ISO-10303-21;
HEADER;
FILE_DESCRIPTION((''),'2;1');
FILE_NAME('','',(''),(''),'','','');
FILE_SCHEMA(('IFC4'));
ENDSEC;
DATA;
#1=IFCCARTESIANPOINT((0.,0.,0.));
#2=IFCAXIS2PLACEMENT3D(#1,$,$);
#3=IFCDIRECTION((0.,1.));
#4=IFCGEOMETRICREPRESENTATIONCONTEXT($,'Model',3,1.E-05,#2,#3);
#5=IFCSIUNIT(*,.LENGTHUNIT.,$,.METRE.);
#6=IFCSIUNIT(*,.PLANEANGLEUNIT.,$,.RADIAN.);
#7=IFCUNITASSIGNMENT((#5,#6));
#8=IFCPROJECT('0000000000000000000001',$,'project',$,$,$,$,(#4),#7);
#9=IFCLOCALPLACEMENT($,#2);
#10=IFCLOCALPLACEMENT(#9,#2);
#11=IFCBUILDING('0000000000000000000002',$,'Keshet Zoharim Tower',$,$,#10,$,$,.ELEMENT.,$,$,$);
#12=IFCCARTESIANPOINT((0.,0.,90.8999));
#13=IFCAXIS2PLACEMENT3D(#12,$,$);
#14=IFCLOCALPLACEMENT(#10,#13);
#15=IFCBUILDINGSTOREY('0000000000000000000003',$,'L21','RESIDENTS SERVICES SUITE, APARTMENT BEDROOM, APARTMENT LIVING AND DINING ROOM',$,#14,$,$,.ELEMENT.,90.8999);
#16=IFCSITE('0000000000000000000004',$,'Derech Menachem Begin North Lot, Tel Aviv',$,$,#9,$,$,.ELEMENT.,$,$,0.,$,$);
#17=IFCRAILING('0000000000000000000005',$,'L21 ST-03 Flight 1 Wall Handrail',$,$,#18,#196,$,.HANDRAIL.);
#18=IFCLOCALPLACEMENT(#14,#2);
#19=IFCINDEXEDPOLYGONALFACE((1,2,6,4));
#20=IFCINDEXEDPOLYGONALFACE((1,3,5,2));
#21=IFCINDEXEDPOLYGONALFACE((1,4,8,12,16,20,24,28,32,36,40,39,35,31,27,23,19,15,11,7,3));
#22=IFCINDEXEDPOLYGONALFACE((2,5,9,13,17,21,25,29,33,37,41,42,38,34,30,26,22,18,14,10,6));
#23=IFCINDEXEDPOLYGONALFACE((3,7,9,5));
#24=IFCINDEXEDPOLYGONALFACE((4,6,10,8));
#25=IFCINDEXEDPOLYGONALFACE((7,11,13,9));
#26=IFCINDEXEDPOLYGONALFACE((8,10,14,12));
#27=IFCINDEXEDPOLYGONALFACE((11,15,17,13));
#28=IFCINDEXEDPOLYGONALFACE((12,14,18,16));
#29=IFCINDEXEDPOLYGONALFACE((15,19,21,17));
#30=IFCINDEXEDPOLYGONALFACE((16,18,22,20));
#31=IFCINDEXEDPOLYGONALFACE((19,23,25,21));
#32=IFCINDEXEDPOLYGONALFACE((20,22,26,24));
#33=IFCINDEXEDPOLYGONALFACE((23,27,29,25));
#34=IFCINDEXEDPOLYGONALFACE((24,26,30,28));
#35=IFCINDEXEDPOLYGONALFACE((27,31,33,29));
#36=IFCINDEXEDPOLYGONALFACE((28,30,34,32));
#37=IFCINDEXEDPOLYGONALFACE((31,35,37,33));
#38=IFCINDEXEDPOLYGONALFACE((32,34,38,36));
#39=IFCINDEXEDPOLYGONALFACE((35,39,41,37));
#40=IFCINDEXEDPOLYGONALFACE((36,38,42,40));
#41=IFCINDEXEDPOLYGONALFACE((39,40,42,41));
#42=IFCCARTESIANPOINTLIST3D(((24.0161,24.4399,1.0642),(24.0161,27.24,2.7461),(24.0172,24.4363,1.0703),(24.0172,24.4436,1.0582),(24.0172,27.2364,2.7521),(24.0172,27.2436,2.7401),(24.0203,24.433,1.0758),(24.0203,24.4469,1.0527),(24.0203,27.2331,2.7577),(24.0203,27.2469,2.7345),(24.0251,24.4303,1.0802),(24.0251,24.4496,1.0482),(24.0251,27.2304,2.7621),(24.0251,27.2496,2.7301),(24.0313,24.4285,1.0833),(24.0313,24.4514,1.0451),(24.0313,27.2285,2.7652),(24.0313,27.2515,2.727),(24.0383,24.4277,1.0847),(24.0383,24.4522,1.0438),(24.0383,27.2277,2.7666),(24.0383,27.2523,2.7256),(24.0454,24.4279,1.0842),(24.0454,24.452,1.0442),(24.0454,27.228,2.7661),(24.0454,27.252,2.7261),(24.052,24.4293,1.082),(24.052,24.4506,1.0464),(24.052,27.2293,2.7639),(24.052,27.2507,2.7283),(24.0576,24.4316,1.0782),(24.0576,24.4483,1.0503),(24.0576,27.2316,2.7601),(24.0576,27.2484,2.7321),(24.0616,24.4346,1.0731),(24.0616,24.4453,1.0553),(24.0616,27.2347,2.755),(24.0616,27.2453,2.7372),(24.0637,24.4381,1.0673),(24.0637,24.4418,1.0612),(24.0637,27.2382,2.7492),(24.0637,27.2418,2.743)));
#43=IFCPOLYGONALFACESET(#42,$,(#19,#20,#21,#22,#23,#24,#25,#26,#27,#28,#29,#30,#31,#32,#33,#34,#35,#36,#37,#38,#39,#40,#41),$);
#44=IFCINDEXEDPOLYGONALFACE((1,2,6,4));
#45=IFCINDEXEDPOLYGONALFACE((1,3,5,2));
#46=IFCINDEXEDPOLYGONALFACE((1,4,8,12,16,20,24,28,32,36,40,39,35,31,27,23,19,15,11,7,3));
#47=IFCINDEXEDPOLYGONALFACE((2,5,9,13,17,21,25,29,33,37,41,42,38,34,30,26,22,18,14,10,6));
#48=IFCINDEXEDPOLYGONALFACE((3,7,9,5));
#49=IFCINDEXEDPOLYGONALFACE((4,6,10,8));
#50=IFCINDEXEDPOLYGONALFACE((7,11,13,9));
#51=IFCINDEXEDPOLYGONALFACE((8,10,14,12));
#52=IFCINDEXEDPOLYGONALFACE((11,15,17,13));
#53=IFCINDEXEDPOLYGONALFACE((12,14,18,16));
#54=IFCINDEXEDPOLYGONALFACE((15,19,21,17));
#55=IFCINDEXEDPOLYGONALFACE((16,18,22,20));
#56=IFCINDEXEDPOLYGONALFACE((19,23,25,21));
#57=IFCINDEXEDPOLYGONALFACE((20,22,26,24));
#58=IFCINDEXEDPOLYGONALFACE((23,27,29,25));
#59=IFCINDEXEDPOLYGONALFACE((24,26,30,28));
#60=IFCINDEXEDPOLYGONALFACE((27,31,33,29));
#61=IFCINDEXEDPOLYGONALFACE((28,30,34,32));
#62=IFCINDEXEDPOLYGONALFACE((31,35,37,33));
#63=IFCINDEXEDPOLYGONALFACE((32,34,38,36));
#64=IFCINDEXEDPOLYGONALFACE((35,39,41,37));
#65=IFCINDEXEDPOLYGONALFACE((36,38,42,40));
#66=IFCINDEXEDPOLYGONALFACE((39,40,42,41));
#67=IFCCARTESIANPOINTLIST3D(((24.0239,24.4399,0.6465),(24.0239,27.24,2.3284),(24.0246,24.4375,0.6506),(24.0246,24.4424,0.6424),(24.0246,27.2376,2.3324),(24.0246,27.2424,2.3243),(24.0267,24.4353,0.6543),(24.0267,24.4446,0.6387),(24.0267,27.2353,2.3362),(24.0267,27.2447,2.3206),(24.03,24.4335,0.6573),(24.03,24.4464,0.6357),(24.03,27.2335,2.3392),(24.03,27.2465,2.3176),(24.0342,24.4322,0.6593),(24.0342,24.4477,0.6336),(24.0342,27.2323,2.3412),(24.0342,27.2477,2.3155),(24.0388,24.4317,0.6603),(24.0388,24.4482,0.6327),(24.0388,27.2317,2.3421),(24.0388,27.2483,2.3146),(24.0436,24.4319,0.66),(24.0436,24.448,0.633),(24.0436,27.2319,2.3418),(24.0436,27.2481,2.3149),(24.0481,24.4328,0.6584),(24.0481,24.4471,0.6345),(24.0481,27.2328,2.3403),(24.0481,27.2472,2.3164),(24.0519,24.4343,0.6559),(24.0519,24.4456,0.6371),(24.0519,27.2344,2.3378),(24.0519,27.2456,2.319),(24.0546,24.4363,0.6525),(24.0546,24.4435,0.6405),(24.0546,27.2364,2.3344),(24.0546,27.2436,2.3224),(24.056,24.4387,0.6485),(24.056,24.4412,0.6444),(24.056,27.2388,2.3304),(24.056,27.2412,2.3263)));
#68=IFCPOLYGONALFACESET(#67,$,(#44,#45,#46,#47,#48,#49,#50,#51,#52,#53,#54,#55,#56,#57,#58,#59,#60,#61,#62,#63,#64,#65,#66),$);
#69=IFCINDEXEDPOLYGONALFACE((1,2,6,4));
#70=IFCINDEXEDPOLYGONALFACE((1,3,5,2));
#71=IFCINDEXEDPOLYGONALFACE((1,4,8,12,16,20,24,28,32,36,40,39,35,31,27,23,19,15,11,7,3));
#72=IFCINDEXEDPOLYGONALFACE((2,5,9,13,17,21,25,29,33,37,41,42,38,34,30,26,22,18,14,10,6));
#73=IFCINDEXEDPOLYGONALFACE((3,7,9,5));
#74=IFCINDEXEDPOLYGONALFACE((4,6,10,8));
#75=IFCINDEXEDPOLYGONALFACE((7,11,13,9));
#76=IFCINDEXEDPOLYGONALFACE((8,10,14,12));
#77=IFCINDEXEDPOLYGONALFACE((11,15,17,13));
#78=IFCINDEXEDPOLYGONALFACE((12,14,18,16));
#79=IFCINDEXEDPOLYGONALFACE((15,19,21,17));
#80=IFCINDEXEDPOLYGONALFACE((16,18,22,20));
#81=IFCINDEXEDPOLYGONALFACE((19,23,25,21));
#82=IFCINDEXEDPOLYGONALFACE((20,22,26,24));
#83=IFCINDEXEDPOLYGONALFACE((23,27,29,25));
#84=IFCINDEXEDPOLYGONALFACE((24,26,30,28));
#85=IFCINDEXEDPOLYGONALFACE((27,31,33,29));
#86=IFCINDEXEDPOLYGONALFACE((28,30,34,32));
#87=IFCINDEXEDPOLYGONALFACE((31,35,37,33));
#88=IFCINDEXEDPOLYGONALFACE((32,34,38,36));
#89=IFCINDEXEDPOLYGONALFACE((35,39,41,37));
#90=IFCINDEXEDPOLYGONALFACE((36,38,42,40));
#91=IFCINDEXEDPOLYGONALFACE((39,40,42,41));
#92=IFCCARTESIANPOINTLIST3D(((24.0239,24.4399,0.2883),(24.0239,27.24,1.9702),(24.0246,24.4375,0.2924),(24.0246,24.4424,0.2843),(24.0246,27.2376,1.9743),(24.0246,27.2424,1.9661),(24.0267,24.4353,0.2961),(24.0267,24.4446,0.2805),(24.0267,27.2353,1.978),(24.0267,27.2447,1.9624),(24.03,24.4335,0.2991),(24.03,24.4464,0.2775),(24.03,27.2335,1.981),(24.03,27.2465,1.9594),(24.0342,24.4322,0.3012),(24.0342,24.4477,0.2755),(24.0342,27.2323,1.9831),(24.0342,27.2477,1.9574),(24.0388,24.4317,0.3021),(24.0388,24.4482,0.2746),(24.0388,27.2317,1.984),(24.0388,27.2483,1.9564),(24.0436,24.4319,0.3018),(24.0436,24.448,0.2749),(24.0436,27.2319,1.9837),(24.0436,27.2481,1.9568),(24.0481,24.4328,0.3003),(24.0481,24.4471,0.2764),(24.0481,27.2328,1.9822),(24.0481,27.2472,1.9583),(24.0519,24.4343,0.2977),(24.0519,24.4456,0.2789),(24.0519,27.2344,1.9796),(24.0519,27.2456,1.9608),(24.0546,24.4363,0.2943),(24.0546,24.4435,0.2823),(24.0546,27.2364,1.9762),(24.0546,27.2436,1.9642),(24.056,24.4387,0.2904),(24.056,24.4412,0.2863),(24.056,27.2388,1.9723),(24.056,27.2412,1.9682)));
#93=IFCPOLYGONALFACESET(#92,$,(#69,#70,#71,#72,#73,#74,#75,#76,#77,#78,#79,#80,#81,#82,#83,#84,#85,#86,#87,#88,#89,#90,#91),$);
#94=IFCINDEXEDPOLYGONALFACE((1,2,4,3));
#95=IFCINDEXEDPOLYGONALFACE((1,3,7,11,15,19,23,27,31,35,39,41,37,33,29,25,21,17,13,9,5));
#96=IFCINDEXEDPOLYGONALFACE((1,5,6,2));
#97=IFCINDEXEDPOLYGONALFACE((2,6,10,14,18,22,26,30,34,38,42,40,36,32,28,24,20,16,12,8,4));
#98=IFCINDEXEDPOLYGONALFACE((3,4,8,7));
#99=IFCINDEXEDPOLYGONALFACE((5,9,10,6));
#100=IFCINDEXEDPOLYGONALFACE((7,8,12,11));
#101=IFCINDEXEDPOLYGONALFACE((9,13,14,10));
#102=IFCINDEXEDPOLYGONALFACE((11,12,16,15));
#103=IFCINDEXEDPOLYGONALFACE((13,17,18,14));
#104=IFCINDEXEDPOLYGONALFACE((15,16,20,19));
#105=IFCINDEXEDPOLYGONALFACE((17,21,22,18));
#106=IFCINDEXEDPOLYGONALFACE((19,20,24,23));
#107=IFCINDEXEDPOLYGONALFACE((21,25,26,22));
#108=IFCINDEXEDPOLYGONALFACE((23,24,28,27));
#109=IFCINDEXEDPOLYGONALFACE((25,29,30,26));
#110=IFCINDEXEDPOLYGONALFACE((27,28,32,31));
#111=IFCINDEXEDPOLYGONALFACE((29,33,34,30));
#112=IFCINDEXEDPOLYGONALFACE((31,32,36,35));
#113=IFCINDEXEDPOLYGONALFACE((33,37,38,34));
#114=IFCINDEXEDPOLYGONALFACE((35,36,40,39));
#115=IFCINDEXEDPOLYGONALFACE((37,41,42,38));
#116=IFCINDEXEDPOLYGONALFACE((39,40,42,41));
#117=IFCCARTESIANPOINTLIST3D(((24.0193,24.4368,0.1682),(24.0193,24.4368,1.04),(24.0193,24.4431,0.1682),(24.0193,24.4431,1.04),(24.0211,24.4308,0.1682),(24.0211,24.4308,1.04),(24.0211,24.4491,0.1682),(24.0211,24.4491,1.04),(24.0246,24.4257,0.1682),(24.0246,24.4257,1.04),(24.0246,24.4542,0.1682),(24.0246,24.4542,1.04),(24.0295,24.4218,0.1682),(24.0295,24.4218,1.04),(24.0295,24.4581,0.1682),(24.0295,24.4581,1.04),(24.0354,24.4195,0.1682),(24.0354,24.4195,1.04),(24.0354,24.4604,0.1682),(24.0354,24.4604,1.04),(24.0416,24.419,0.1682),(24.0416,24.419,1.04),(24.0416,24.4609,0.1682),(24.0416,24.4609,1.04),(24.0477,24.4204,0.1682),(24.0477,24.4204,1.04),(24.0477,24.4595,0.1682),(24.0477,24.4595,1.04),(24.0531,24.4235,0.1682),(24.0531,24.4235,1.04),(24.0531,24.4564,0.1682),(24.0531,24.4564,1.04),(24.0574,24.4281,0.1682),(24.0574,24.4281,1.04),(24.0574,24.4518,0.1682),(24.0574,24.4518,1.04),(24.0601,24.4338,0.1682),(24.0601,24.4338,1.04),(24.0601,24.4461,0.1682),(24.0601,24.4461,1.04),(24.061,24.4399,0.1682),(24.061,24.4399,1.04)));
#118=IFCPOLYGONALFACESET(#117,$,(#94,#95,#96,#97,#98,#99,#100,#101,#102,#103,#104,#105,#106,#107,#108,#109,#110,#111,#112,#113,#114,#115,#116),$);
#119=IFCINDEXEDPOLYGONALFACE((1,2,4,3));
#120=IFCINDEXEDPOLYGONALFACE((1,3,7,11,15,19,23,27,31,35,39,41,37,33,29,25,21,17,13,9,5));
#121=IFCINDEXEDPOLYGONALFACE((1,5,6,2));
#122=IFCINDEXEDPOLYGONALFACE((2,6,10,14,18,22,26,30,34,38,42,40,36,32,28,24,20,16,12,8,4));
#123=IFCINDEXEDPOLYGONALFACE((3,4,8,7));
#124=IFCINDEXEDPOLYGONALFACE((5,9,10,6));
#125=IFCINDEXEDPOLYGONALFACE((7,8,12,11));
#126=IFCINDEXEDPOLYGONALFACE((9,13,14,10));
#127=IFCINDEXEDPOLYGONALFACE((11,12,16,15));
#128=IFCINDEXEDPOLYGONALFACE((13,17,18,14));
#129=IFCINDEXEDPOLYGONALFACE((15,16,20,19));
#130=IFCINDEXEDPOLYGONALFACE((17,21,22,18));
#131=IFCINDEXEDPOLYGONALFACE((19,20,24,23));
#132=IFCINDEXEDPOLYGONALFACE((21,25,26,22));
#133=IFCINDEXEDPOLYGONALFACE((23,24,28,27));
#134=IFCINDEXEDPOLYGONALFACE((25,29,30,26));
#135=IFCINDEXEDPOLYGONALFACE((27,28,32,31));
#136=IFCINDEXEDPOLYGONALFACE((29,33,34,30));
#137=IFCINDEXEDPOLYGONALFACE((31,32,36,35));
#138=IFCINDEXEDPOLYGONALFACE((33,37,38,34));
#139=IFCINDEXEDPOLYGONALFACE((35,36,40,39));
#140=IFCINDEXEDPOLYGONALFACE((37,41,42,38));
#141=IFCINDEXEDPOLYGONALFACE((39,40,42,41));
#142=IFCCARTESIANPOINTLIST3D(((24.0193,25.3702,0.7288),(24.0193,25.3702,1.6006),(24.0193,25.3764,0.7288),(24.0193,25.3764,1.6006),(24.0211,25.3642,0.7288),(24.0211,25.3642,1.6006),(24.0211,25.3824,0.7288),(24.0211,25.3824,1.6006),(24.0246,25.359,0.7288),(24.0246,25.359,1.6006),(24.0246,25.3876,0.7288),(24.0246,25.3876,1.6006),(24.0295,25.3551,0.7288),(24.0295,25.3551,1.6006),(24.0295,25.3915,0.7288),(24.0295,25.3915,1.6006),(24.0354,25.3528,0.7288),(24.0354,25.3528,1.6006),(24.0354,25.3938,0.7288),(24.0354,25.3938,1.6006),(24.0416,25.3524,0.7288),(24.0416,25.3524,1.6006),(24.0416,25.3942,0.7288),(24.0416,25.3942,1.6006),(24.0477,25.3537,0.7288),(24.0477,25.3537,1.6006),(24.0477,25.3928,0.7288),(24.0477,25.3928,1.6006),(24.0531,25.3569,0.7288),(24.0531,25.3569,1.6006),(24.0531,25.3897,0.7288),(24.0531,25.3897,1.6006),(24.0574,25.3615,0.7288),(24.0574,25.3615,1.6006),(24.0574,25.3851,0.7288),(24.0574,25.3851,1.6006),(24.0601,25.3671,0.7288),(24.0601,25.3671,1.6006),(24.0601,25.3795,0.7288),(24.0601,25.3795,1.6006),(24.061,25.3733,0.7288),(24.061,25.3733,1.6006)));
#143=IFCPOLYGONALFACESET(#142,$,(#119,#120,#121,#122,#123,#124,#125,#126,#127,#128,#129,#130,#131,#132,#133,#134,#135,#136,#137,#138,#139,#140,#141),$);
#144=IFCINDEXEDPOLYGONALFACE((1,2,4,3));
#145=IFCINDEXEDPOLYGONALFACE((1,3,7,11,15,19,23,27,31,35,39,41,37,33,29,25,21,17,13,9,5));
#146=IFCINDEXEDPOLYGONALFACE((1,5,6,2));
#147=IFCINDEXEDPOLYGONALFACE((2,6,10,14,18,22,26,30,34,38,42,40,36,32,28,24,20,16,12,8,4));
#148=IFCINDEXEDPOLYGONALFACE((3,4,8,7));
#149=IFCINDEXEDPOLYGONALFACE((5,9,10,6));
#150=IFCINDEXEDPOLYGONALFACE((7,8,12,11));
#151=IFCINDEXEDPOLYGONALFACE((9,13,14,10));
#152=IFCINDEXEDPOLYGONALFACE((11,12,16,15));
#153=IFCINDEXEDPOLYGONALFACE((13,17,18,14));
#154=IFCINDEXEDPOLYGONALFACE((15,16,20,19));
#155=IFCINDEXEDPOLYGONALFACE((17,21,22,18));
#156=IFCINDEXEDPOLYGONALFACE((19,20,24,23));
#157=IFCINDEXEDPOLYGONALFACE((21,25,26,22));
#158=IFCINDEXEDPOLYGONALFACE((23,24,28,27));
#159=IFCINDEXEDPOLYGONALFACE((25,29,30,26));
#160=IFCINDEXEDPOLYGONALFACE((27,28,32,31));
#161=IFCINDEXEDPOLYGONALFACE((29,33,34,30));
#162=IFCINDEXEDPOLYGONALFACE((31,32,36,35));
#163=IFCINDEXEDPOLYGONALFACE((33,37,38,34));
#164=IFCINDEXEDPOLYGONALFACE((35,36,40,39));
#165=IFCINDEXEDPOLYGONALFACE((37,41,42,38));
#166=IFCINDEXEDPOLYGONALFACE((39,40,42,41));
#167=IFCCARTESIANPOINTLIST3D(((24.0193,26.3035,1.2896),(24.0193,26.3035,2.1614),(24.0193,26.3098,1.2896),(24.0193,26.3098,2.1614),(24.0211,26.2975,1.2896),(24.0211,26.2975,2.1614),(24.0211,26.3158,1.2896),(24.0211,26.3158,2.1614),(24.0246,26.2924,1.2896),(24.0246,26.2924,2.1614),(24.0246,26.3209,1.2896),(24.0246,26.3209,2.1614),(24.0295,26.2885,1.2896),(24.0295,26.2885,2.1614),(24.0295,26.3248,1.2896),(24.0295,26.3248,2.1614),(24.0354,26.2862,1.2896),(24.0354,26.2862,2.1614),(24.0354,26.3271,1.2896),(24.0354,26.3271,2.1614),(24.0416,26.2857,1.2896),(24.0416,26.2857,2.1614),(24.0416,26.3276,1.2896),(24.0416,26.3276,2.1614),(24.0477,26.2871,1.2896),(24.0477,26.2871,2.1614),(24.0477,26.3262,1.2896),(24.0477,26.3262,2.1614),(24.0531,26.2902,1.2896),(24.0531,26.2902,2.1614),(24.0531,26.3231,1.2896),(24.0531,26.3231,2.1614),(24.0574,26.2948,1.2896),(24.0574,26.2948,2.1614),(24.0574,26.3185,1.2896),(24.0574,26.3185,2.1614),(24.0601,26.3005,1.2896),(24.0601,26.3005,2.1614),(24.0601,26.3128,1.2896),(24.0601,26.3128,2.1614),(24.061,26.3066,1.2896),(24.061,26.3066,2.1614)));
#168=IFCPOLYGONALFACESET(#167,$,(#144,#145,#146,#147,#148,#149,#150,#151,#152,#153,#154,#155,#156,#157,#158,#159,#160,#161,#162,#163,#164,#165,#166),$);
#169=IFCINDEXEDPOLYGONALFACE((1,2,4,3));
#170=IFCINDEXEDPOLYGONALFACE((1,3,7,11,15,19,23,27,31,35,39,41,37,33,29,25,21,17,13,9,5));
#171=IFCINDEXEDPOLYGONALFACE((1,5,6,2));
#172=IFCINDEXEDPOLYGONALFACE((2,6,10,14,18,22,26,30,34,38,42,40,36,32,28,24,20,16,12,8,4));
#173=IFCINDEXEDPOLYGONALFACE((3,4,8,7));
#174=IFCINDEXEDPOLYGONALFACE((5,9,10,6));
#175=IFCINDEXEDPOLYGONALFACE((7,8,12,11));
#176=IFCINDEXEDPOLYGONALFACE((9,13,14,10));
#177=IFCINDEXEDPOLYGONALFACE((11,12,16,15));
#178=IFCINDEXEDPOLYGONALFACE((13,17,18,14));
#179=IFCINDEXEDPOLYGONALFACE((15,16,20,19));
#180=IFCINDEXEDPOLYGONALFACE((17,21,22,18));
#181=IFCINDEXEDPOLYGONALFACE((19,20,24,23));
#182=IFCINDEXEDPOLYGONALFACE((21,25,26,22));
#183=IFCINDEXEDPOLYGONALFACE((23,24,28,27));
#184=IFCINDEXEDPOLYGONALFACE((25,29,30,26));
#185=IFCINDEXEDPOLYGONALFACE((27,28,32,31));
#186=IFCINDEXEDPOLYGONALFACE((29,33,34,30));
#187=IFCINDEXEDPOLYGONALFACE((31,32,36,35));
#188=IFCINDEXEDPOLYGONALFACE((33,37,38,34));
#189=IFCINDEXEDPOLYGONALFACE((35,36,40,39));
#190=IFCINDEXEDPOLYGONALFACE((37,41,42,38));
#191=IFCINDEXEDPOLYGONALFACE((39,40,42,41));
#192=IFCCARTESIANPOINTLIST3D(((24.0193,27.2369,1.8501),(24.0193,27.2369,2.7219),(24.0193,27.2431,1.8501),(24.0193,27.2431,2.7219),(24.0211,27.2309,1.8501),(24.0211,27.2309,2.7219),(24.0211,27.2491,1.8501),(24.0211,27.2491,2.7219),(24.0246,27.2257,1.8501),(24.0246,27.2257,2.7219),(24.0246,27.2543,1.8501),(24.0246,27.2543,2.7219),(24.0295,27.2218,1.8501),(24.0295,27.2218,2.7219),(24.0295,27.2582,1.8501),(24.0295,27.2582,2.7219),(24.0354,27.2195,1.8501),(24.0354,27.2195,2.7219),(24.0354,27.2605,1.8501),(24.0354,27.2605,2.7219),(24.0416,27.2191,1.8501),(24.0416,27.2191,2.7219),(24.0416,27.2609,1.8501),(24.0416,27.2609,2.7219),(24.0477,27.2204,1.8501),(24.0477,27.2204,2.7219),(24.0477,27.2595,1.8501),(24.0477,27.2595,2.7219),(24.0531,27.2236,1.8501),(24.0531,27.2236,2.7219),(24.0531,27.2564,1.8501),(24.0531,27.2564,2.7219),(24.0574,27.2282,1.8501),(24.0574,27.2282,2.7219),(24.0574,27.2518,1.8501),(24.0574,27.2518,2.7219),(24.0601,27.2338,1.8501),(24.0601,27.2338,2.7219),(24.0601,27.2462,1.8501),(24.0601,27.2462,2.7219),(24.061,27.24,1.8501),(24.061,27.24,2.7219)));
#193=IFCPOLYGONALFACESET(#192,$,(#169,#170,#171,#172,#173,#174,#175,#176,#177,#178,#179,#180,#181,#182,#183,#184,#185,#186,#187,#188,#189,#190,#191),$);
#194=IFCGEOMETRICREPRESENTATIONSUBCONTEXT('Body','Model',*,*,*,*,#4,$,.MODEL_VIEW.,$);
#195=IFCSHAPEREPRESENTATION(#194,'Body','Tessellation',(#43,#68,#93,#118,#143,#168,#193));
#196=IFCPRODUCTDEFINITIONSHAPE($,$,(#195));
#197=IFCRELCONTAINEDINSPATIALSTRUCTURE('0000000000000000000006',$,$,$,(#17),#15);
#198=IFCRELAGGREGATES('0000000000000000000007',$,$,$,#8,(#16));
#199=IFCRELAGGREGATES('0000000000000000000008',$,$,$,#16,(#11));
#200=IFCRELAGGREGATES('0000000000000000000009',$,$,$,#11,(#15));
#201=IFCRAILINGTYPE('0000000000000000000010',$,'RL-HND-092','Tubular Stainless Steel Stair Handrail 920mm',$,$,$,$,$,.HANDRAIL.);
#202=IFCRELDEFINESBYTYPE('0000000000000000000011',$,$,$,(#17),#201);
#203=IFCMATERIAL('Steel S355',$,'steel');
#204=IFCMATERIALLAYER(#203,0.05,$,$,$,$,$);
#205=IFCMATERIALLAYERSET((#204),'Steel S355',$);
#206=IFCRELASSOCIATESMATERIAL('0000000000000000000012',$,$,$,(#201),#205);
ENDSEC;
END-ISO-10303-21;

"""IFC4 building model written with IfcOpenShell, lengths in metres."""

from ifc_helpers import new_model, si_unit, direction, frame, origin, origin_2d, place, context, subcontext, project, spatial, circle, extrude, material, layer, layer_set, type_object, element, save


model = new_model("IFC4")

# Units and contexts
model_context = context("Model", 3, precision=1e-05, world=origin(), true_north=direction((0.0, 1.0)))
body_context = subcontext(model_context, "Body", "Model", "MODEL_VIEW")
ifc_project = project(units=[si_unit("LENGTHUNIT", "METRE"), si_unit("PLANEANGLEUNIT", "RADIAN")], contexts=[model_context])

# Site, building, storey
site_placement = place(None, origin())
site = spatial("IfcSite", under=ifc_project, at=site_placement, Name="Derech Menachem Begin North Lot, Tel Aviv", CompositionType="ELEMENT", RefElevation=0.0)
building_placement = place(site_placement, origin())
building = spatial("IfcBuilding", under=site, at=building_placement, Name="Keshet Zoharim Tower", CompositionType="ELEMENT")
storey_placement = place(building_placement, frame((0.0, 0.0, 90.8999)))
storey = spatial("IfcBuildingStorey", under=building, at=storey_placement, Name="L21", Description="RESIDENTS SERVICES SUITE, APARTMENT BEDROOM, APARTMENT LIVING AND DINING ROOM", CompositionType="ELEMENT", Elevation=90.8999)

# Railing
ifc_material_1 = material(Name="Steel S355", Category="steel")
ifc_layer_1 = layer(ifc_material_1, 0.05)
ifc_layer_set_1 = layer_set([ifc_layer_1], Name="Steel S355")
railing_type_1 = type_object("IfcRailingType", Name="RL-HND-092", Description="Tubular Stainless Steel Stair Handrail 920mm", PredefinedType="HANDRAIL", material=ifc_layer_set_1)
railing_1_placement = place(storey_placement, frame((24.04, 24.4399, 0.1682)))
element("IfcRailing", 1, at=railing_1_placement, inside=storey, type_object=railing_type_1, Name="L21 ST-03 Flight 1 Wall Handrail", PredefinedType="HANDRAIL", context=body_context, shape_type="SweptSolid", body=[
    extrude(circle(Radius=0.0239, at=origin_2d()), frame((0.0, 0.0, 0.896), z_axis=(0.0, 0.857242, 0.514913), x_axis=(-1.0, 0.0, 0.0)), (0.0, 0.0, 1.0), 3.2664),
    extrude(circle(Radius=0.0161, at=origin_2d()), frame((0.0, 0.0, 0.4783), z_axis=(0.0, 0.857242, 0.514913), x_axis=(-1.0, 0.0, 0.0)), (0.0, 0.0, 1.0), 3.2664),
    extrude(circle(Radius=0.0161, at=origin_2d()), frame((0.0, 0.0, 0.1201), z_axis=(0.0, 0.857242, 0.514913), x_axis=(-1.0, 0.0, 0.0)), (0.0, 0.0, 1.0), 3.2664),
    extrude(circle(Radius=0.021, at=origin_2d()), origin(), (0.0, 0.0, 1.0), 0.8718),
    extrude(circle(Radius=0.021, at=origin_2d()), frame((0.0, 0.9333, 0.5605)), (0.0, 0.0, 1.0), 0.8718),
    extrude(circle(Radius=0.021, at=origin_2d()), frame((0.0, 1.8667, 1.1213)), (0.0, 0.0, 1.0), 0.8718),
    extrude(circle(Radius=0.021, at=origin_2d()), frame((0.0, 2.8, 1.6819)), (0.0, 0.0, 1.0), 0.8718),
])

save(model, "model.ifc")
